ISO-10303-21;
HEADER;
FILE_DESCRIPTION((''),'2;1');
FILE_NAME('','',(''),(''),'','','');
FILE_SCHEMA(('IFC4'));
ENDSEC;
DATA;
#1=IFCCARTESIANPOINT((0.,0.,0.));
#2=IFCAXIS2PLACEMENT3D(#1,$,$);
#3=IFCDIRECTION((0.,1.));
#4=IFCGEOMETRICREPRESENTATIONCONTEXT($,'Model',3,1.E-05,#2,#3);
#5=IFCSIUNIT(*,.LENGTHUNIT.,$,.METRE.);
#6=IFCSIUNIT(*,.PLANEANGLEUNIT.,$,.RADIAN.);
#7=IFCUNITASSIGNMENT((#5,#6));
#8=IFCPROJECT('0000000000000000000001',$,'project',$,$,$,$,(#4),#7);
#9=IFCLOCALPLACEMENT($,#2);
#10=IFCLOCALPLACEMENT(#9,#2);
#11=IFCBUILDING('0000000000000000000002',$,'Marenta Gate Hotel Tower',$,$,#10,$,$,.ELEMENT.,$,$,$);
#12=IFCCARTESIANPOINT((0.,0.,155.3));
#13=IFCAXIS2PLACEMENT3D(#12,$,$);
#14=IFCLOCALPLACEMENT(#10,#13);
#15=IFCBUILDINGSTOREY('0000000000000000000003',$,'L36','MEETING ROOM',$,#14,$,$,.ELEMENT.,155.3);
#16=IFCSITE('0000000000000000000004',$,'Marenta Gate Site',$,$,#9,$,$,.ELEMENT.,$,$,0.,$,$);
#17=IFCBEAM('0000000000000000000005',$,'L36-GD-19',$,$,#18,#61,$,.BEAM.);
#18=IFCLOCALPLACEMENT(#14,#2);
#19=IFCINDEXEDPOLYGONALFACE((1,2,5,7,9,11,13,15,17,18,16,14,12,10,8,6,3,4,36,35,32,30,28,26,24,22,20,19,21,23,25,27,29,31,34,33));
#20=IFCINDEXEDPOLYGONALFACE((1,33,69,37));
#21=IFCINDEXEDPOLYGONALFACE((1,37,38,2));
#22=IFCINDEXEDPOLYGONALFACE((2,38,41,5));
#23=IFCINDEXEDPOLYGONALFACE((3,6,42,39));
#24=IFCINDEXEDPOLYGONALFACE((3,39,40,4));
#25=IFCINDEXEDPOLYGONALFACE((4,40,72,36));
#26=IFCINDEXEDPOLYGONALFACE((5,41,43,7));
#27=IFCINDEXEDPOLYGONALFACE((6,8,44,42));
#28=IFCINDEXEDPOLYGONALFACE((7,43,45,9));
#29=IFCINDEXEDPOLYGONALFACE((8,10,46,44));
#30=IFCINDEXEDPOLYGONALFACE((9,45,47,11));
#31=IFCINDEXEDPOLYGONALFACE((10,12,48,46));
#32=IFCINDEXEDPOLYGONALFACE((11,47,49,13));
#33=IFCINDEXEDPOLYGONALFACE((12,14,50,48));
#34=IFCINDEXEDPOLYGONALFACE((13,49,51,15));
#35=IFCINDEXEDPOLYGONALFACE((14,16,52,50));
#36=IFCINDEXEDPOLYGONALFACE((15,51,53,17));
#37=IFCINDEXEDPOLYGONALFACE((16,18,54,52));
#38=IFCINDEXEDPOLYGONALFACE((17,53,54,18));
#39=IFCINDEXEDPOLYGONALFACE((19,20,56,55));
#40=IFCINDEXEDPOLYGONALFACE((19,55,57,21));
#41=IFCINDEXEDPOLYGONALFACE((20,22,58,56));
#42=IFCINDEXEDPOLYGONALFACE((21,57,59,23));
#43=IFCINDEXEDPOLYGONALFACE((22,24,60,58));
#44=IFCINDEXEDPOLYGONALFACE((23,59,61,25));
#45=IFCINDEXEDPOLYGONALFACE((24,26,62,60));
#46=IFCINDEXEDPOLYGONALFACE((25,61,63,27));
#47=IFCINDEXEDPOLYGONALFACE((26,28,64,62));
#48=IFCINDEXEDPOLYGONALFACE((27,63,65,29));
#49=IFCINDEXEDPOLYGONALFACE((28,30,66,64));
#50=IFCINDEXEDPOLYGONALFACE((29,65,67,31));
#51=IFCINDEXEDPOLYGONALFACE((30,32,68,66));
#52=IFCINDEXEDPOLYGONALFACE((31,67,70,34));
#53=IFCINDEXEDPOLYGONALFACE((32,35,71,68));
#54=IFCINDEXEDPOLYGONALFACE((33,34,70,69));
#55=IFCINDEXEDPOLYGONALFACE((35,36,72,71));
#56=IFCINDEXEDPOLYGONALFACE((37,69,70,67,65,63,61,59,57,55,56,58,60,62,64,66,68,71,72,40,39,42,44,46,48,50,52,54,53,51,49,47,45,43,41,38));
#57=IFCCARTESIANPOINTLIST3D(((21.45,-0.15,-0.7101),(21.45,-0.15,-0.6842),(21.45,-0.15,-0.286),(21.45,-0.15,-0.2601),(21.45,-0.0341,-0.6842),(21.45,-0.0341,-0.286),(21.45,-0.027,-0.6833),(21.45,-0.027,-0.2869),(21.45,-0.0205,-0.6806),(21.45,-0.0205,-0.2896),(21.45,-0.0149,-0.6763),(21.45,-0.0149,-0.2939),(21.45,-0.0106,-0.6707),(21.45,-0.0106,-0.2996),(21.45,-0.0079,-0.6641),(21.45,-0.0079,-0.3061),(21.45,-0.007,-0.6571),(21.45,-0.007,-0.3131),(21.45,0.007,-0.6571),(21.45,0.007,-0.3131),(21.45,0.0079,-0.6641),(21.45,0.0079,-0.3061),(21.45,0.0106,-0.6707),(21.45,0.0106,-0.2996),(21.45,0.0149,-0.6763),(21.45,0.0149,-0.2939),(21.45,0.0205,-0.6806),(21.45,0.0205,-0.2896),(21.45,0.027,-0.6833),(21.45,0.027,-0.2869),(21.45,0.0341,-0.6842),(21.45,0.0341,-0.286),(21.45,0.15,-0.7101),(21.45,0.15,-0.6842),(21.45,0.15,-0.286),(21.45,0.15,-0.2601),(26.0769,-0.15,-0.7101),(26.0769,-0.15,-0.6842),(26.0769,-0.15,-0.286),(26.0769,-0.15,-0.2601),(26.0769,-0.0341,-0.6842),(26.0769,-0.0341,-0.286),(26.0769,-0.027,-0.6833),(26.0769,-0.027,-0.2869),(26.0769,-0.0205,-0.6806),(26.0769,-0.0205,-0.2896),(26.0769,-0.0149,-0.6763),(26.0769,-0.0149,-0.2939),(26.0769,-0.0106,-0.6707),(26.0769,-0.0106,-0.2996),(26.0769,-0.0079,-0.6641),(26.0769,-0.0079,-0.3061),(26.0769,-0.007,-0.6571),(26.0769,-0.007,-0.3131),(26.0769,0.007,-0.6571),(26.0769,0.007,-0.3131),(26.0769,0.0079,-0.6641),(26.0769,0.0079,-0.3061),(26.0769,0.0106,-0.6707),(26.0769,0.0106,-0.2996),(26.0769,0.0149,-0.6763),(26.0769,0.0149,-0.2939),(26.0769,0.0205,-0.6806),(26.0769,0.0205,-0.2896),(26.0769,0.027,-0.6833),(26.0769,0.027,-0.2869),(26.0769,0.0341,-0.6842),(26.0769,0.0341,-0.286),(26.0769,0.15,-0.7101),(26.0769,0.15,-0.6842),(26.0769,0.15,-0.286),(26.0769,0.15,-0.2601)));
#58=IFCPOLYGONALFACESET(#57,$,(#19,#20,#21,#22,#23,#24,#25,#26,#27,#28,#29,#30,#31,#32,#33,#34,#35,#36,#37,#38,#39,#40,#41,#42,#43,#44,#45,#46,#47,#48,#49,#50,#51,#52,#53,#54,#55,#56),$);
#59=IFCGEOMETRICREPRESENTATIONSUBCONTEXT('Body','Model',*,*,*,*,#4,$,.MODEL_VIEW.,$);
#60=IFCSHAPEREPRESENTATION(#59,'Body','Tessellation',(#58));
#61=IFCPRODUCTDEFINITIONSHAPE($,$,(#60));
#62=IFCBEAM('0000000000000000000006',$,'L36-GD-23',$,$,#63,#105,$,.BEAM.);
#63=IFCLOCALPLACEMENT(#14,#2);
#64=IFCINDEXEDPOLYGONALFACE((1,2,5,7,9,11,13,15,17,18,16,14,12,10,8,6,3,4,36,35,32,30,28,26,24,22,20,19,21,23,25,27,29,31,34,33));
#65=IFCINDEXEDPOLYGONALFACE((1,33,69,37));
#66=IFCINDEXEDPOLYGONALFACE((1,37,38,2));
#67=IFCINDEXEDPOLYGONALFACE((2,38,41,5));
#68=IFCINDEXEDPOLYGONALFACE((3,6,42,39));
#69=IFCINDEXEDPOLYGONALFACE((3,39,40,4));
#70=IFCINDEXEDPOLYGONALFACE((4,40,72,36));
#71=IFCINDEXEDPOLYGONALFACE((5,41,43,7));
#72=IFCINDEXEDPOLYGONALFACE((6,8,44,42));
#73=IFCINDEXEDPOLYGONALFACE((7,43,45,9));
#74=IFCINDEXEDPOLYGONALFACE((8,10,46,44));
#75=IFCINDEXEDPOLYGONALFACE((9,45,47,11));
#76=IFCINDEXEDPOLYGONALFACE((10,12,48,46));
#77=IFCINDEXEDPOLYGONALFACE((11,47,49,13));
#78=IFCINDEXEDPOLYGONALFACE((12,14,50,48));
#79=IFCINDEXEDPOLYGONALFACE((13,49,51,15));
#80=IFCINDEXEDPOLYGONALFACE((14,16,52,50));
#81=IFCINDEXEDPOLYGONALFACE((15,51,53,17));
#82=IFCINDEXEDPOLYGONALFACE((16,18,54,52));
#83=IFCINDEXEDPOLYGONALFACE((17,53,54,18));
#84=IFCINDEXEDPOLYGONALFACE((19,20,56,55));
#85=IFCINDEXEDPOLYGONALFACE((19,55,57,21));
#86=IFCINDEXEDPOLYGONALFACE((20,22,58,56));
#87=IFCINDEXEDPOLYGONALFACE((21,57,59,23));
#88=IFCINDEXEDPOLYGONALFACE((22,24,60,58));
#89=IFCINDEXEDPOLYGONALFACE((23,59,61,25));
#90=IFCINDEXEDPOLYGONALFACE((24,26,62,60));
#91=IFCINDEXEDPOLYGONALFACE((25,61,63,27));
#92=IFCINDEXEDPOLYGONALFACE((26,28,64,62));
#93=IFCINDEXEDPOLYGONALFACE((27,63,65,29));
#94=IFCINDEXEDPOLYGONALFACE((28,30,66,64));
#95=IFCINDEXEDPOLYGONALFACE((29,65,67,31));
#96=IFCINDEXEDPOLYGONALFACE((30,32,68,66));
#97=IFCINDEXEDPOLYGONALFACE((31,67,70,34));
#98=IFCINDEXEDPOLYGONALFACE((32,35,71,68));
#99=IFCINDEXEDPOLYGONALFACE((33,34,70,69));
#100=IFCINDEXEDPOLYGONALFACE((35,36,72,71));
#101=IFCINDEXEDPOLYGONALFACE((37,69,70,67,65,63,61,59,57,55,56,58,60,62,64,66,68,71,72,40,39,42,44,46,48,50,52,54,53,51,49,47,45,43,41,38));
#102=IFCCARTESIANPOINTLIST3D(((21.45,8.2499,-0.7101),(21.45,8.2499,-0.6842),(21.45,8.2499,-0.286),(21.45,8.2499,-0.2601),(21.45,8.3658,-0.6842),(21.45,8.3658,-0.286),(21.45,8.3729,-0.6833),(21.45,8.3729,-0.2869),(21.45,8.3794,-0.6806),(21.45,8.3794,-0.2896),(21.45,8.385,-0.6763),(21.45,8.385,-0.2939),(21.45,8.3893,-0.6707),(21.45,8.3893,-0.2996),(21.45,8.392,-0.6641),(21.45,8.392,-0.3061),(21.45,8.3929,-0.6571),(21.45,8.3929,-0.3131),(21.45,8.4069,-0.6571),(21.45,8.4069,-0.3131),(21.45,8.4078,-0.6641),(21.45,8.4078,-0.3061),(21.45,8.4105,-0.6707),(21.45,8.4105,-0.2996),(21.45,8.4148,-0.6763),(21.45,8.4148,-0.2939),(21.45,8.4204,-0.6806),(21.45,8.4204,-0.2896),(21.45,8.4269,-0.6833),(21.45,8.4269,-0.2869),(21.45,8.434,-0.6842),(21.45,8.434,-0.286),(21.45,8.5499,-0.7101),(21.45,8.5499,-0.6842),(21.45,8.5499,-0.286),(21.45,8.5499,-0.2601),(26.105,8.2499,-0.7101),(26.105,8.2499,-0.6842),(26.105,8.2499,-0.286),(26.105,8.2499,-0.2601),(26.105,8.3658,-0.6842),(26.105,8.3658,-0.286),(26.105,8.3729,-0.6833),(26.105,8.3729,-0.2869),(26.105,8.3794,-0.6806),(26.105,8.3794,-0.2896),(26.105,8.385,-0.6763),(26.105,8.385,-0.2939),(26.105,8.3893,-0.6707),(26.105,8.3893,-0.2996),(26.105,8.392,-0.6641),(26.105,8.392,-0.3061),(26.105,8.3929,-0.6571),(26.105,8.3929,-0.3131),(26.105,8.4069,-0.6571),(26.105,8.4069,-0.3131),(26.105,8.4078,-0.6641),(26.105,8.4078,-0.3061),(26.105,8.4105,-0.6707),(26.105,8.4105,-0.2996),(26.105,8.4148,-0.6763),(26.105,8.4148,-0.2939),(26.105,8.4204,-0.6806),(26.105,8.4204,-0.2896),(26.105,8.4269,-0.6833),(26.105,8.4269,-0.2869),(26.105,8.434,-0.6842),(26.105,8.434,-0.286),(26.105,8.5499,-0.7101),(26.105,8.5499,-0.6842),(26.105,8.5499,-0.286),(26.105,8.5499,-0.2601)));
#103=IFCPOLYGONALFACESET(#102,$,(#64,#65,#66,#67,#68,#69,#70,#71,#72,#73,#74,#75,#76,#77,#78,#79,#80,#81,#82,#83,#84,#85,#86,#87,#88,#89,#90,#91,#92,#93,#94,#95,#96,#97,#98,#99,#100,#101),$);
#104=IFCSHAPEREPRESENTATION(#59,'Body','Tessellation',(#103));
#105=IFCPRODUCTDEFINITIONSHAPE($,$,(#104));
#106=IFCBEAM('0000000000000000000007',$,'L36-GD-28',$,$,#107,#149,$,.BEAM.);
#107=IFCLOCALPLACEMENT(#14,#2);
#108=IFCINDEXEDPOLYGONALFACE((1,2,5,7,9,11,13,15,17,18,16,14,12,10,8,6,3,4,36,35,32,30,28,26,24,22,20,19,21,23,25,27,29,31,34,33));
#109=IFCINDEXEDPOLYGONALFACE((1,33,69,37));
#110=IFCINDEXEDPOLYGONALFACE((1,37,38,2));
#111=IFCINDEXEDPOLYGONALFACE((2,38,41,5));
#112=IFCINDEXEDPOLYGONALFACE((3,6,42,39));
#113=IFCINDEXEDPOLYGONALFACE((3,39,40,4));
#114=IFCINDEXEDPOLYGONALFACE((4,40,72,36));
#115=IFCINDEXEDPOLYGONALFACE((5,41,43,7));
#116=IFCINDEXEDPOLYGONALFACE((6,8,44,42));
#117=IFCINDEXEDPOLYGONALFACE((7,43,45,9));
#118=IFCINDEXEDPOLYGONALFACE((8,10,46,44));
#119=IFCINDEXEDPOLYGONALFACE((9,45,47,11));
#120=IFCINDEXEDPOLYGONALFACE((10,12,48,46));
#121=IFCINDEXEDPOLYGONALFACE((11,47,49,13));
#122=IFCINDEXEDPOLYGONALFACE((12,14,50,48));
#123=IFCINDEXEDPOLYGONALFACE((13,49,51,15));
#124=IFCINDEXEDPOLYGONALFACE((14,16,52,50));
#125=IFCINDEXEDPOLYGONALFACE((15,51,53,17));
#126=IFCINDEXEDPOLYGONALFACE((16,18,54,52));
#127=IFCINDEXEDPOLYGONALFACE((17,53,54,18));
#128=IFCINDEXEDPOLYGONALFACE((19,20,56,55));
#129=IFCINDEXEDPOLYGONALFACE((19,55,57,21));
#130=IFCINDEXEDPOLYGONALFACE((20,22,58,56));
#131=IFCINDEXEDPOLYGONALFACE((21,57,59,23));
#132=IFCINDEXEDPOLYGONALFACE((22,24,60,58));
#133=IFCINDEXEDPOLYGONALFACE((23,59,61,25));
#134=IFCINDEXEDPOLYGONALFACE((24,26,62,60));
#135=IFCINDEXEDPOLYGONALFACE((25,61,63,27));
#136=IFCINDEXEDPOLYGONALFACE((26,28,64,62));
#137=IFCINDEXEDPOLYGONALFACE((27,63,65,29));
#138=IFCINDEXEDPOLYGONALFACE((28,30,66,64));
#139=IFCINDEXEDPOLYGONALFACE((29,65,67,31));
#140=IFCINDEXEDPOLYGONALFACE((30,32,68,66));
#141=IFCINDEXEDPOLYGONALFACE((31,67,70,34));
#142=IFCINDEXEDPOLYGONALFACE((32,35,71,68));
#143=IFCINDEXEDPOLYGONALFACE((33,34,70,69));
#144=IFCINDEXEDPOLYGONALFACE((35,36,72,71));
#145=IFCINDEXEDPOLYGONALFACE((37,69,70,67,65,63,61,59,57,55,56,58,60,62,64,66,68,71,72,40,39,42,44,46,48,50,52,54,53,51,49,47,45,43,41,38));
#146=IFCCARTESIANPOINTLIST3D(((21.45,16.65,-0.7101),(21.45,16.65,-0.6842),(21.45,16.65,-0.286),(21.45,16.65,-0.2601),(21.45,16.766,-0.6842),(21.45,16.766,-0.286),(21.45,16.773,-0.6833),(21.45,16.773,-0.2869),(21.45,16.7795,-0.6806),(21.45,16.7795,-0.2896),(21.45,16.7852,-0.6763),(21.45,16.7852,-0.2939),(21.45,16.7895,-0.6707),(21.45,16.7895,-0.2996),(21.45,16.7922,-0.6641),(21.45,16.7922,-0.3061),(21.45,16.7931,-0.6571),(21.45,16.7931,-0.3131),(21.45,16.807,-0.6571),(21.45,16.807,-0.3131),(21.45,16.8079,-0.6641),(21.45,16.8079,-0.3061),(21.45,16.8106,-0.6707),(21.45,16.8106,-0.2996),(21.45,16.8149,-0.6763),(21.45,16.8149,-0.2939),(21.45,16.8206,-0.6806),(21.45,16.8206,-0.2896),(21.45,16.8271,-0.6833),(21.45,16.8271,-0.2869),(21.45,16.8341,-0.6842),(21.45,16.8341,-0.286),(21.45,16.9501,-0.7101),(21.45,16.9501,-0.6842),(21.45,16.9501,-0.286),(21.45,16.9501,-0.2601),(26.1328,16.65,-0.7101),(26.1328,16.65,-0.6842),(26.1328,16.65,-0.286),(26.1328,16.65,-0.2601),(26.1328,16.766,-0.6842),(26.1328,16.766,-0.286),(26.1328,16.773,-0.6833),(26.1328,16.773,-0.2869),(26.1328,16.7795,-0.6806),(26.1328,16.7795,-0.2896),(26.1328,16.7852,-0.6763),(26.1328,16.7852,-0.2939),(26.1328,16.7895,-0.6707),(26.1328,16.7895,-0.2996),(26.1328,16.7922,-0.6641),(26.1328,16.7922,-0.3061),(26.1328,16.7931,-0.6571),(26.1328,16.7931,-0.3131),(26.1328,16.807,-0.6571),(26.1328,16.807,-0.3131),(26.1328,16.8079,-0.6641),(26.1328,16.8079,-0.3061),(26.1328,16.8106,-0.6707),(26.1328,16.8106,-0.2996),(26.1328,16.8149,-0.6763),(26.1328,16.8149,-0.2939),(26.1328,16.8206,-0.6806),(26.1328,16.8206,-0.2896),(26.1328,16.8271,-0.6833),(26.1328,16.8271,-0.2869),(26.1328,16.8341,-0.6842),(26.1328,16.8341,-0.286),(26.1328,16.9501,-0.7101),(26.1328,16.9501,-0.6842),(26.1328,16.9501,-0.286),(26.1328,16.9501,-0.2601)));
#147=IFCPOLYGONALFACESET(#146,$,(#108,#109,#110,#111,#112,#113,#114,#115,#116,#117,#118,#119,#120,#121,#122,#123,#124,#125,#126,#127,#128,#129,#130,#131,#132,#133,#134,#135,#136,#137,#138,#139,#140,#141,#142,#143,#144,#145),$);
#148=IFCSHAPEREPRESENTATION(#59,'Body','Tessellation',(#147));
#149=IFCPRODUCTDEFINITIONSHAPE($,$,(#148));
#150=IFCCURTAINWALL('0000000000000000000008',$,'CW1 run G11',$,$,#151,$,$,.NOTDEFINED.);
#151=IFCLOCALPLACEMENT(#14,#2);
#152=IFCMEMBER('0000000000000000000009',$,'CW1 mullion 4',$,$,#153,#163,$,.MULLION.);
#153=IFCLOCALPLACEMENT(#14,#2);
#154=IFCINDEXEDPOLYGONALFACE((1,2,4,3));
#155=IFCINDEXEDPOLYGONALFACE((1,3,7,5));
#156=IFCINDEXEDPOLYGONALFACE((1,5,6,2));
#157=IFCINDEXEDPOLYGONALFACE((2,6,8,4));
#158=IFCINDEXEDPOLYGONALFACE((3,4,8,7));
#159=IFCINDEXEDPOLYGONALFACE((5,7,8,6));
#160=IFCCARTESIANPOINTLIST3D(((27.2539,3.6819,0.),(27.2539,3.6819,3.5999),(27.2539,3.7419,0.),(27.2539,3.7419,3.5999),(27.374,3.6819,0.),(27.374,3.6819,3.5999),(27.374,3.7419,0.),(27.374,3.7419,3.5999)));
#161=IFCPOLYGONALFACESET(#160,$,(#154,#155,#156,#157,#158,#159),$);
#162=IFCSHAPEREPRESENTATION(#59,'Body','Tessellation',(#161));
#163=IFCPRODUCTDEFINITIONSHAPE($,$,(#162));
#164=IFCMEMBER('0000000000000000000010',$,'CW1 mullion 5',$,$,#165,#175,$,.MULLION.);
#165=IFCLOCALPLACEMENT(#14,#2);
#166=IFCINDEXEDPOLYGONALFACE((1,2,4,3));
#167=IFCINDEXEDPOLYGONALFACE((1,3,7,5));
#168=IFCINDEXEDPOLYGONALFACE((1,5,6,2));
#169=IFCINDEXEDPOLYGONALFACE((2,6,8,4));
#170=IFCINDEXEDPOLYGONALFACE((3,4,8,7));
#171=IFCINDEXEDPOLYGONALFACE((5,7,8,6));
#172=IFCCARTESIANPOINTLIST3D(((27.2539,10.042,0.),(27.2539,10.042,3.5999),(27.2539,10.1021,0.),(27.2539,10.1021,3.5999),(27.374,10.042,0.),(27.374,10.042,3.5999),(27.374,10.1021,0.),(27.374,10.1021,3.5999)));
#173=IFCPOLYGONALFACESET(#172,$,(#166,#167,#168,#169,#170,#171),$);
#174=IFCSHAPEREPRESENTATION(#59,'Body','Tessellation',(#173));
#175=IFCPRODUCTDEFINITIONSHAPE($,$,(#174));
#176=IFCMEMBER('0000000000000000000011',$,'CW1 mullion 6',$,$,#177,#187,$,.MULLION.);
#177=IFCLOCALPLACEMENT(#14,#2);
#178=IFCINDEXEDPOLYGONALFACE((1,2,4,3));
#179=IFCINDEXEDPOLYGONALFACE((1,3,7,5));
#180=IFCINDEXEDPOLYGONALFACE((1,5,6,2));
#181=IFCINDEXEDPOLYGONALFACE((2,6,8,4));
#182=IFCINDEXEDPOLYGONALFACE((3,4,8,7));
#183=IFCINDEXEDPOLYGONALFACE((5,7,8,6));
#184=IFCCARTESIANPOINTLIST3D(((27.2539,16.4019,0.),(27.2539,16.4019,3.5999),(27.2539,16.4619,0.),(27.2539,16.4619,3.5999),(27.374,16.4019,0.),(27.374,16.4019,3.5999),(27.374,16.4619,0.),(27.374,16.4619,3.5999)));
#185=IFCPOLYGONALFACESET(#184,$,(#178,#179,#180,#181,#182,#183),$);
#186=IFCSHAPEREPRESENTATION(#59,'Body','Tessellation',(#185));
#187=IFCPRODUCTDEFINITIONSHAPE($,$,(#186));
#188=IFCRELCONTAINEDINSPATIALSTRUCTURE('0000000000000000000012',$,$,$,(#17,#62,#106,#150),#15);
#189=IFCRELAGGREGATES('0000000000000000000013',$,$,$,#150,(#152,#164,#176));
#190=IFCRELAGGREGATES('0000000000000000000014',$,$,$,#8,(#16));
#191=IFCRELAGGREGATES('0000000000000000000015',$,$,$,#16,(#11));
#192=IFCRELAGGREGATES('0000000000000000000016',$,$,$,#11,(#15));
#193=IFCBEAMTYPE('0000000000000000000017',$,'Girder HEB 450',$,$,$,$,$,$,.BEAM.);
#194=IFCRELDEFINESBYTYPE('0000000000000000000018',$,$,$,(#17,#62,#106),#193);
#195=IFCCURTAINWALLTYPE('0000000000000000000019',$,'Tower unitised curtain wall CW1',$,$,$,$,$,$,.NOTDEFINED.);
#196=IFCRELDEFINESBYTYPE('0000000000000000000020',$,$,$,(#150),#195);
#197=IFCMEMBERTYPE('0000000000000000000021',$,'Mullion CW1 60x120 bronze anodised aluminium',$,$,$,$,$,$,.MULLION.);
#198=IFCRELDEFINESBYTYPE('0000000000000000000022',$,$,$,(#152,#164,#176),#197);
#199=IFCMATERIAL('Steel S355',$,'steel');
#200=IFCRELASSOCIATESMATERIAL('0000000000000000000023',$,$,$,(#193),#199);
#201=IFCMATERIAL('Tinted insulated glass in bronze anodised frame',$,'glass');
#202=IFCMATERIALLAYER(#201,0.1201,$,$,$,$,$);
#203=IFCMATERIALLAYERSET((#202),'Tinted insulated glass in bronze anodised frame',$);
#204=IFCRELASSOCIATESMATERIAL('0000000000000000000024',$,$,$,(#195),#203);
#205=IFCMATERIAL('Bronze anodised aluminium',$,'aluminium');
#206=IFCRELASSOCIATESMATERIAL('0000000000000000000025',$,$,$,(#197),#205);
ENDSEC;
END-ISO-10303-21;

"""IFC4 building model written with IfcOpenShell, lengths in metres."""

from ifc_helpers import new_model, si_unit, direction, frame, origin, origin_2d, place, context, subcontext, project, spatial, rectangle, i_section, extrude, material, layer, layer_set, material_profile, profile_set, type_object, element, aggregate, save


model = new_model("IFC4")

# Units and contexts
model_context = context("Model", 3, precision=1e-05, world=origin(), true_north=direction((0.0, 1.0)))
body_context = subcontext(model_context, "Body", "Model", "MODEL_VIEW")
ifc_project = project(units=[si_unit("LENGTHUNIT", "METRE"), si_unit("PLANEANGLEUNIT", "RADIAN")], contexts=[model_context])

# Site, building, storey
site_placement = place(None, origin())
site = spatial("IfcSite", under=ifc_project, at=site_placement, Name="Marenta Gate Site", CompositionType="ELEMENT", RefElevation=0.0)
building_placement = place(site_placement, origin())
building = spatial("IfcBuilding", under=site, at=building_placement, Name="Marenta Gate Hotel Tower", CompositionType="ELEMENT")
storey_placement = place(building_placement, frame((0.0, 0.0, 155.3)))
storey = spatial("IfcBuildingStorey", under=building, at=storey_placement, Name="L36", Description="MEETING ROOM", CompositionType="ELEMENT", Elevation=155.3)

# Beams
ifc_material_1 = material(Name="Steel S355", Category="steel")
ifc_material_profile_1 = material_profile(ifc_material_1, i_section(OverallWidth=0.3, OverallDepth=0.45, WebThickness=0.0139, FlangeThickness=0.0259, FilletRadius=0.0271, at=origin_2d()), Name="HEB 450")
ifc_profile_set_1 = profile_set([ifc_material_profile_1], Name="Steel S355")
beam_type_1 = type_object("IfcBeamType", Name="Girder HEB 450", PredefinedType="BEAM", material=ifc_profile_set_1)
beam_1_placement = place(storey_placement, frame((21.45, 0.0, -0.4851), z_axis=(1.0, 0.0, 0.0), x_axis=(0.0, 1.0, 0.0)))
element("IfcBeam", 1, at=beam_1_placement, inside=storey, type_object=beam_type_1, Name="L36-GD-19", PredefinedType="BEAM", context=body_context, shape_type="SweptSolid", body=[
    extrude(i_section(OverallWidth=0.3, OverallDepth=0.45, WebThickness=0.0139, FlangeThickness=0.0259, FilletRadius=0.0271, at=origin_2d()), origin(), (0.0, 0.0, 1.0), 4.627),
])
beam_2_placement = place(storey_placement, frame((21.45, 8.3999, -0.4851), z_axis=(1.0, 0.0, 0.0), x_axis=(0.0, 1.0, 0.0)))
element("IfcBeam", 2, at=beam_2_placement, inside=storey, type_object=beam_type_1, Name="L36-GD-23", PredefinedType="BEAM", context=body_context, shape_type="SweptSolid", body=[
    extrude(i_section(OverallWidth=0.3, OverallDepth=0.45, WebThickness=0.0139, FlangeThickness=0.0259, FilletRadius=0.0271, at=origin_2d()), origin(), (0.0, 0.0, 1.0), 4.655),
])
beam_3_placement = place(storey_placement, frame((21.45, 16.8, -0.4851), z_axis=(1.0, 0.0, 0.0), x_axis=(0.0, 1.0, 0.0)))
element("IfcBeam", 3, at=beam_3_placement, inside=storey, type_object=beam_type_1, Name="L36-GD-28", PredefinedType="BEAM", context=body_context, shape_type="SweptSolid", body=[
    extrude(i_section(OverallWidth=0.3, OverallDepth=0.45, WebThickness=0.0139, FlangeThickness=0.0259, FilletRadius=0.0271, at=origin_2d()), origin(), (0.0, 0.0, 1.0), 4.6829),
])

# Curtain wall, members
ifc_material_2 = material(Name="Tinted insulated glass in bronze anodised frame", Category="glass")
ifc_layer_1 = layer(ifc_material_2, 0.1201)
ifc_layer_set_1 = layer_set([ifc_layer_1], Name="Tinted insulated glass in bronze anodised frame")
curtain_wall_type = type_object("IfcCurtainWallType", Name="Tower unitised curtain wall CW1", PredefinedType="NOTDEFINED", material=ifc_layer_set_1)
curtain_wall_placement = place(storey_placement, origin())
curtain_wall = element("IfcCurtainWall", 4, at=curtain_wall_placement, inside=storey, type_object=curtain_wall_type, Name="CW1 run G11", PredefinedType="NOTDEFINED")
ifc_material_3 = material(Name="Bronze anodised aluminium", Category="aluminium")
ifc_material_profile_2 = material_profile(ifc_material_3, rectangle(XDim=0.1201, YDim=0.0601, at=origin_2d()), Name="Mullion CW1 60x120 bronze anodised aluminium")
ifc_profile_set_2 = profile_set([ifc_material_profile_2], Name="Bronze anodised aluminium")
member_type_1 = type_object("IfcMemberType", Name="Mullion CW1 60x120 bronze anodised aluminium", PredefinedType="MULLION", material=ifc_profile_set_2)
member_1_placement = place(storey_placement, frame((27.314, 3.7119, 0.0), z_axis=(0.0, 0.0, 1.0), x_axis=(-1.0, 0.0, 0.0)))
member_1 = element("IfcMember", 5, at=member_1_placement, type_object=member_type_1, Name="CW1 mullion 4", PredefinedType="MULLION", context=body_context, shape_type="SweptSolid", body=[
    extrude(rectangle(XDim=0.1201, YDim=0.0601, at=origin_2d()), origin(), (0.0, 0.0, 1.0), 3.5999),
])
member_2_placement = place(storey_placement, frame((27.314, 10.072, 0.0), z_axis=(0.0, 0.0, 1.0), x_axis=(-1.0, 0.0, 0.0)))
member_2 = element("IfcMember", 6, at=member_2_placement, type_object=member_type_1, Name="CW1 mullion 5", PredefinedType="MULLION", context=body_context, shape_type="SweptSolid", body=[
    extrude(rectangle(XDim=0.1201, YDim=0.0601, at=origin_2d()), origin(), (0.0, 0.0, 1.0), 3.5999),
])
member_3_placement = place(storey_placement, frame((27.314, 16.4319, 0.0), z_axis=(0.0, 0.0, 1.0), x_axis=(-1.0, 0.0, 0.0)))
member_3 = element("IfcMember", 7, at=member_3_placement, type_object=member_type_1, Name="CW1 mullion 6", PredefinedType="MULLION", context=body_context, shape_type="SweptSolid", body=[
    extrude(rectangle(XDim=0.1201, YDim=0.0601, at=origin_2d()), origin(), (0.0, 0.0, 1.0), 3.5999),
])
aggregate(curtain_wall, [member_1, member_2, member_3])

save(model, "model.ifc")
